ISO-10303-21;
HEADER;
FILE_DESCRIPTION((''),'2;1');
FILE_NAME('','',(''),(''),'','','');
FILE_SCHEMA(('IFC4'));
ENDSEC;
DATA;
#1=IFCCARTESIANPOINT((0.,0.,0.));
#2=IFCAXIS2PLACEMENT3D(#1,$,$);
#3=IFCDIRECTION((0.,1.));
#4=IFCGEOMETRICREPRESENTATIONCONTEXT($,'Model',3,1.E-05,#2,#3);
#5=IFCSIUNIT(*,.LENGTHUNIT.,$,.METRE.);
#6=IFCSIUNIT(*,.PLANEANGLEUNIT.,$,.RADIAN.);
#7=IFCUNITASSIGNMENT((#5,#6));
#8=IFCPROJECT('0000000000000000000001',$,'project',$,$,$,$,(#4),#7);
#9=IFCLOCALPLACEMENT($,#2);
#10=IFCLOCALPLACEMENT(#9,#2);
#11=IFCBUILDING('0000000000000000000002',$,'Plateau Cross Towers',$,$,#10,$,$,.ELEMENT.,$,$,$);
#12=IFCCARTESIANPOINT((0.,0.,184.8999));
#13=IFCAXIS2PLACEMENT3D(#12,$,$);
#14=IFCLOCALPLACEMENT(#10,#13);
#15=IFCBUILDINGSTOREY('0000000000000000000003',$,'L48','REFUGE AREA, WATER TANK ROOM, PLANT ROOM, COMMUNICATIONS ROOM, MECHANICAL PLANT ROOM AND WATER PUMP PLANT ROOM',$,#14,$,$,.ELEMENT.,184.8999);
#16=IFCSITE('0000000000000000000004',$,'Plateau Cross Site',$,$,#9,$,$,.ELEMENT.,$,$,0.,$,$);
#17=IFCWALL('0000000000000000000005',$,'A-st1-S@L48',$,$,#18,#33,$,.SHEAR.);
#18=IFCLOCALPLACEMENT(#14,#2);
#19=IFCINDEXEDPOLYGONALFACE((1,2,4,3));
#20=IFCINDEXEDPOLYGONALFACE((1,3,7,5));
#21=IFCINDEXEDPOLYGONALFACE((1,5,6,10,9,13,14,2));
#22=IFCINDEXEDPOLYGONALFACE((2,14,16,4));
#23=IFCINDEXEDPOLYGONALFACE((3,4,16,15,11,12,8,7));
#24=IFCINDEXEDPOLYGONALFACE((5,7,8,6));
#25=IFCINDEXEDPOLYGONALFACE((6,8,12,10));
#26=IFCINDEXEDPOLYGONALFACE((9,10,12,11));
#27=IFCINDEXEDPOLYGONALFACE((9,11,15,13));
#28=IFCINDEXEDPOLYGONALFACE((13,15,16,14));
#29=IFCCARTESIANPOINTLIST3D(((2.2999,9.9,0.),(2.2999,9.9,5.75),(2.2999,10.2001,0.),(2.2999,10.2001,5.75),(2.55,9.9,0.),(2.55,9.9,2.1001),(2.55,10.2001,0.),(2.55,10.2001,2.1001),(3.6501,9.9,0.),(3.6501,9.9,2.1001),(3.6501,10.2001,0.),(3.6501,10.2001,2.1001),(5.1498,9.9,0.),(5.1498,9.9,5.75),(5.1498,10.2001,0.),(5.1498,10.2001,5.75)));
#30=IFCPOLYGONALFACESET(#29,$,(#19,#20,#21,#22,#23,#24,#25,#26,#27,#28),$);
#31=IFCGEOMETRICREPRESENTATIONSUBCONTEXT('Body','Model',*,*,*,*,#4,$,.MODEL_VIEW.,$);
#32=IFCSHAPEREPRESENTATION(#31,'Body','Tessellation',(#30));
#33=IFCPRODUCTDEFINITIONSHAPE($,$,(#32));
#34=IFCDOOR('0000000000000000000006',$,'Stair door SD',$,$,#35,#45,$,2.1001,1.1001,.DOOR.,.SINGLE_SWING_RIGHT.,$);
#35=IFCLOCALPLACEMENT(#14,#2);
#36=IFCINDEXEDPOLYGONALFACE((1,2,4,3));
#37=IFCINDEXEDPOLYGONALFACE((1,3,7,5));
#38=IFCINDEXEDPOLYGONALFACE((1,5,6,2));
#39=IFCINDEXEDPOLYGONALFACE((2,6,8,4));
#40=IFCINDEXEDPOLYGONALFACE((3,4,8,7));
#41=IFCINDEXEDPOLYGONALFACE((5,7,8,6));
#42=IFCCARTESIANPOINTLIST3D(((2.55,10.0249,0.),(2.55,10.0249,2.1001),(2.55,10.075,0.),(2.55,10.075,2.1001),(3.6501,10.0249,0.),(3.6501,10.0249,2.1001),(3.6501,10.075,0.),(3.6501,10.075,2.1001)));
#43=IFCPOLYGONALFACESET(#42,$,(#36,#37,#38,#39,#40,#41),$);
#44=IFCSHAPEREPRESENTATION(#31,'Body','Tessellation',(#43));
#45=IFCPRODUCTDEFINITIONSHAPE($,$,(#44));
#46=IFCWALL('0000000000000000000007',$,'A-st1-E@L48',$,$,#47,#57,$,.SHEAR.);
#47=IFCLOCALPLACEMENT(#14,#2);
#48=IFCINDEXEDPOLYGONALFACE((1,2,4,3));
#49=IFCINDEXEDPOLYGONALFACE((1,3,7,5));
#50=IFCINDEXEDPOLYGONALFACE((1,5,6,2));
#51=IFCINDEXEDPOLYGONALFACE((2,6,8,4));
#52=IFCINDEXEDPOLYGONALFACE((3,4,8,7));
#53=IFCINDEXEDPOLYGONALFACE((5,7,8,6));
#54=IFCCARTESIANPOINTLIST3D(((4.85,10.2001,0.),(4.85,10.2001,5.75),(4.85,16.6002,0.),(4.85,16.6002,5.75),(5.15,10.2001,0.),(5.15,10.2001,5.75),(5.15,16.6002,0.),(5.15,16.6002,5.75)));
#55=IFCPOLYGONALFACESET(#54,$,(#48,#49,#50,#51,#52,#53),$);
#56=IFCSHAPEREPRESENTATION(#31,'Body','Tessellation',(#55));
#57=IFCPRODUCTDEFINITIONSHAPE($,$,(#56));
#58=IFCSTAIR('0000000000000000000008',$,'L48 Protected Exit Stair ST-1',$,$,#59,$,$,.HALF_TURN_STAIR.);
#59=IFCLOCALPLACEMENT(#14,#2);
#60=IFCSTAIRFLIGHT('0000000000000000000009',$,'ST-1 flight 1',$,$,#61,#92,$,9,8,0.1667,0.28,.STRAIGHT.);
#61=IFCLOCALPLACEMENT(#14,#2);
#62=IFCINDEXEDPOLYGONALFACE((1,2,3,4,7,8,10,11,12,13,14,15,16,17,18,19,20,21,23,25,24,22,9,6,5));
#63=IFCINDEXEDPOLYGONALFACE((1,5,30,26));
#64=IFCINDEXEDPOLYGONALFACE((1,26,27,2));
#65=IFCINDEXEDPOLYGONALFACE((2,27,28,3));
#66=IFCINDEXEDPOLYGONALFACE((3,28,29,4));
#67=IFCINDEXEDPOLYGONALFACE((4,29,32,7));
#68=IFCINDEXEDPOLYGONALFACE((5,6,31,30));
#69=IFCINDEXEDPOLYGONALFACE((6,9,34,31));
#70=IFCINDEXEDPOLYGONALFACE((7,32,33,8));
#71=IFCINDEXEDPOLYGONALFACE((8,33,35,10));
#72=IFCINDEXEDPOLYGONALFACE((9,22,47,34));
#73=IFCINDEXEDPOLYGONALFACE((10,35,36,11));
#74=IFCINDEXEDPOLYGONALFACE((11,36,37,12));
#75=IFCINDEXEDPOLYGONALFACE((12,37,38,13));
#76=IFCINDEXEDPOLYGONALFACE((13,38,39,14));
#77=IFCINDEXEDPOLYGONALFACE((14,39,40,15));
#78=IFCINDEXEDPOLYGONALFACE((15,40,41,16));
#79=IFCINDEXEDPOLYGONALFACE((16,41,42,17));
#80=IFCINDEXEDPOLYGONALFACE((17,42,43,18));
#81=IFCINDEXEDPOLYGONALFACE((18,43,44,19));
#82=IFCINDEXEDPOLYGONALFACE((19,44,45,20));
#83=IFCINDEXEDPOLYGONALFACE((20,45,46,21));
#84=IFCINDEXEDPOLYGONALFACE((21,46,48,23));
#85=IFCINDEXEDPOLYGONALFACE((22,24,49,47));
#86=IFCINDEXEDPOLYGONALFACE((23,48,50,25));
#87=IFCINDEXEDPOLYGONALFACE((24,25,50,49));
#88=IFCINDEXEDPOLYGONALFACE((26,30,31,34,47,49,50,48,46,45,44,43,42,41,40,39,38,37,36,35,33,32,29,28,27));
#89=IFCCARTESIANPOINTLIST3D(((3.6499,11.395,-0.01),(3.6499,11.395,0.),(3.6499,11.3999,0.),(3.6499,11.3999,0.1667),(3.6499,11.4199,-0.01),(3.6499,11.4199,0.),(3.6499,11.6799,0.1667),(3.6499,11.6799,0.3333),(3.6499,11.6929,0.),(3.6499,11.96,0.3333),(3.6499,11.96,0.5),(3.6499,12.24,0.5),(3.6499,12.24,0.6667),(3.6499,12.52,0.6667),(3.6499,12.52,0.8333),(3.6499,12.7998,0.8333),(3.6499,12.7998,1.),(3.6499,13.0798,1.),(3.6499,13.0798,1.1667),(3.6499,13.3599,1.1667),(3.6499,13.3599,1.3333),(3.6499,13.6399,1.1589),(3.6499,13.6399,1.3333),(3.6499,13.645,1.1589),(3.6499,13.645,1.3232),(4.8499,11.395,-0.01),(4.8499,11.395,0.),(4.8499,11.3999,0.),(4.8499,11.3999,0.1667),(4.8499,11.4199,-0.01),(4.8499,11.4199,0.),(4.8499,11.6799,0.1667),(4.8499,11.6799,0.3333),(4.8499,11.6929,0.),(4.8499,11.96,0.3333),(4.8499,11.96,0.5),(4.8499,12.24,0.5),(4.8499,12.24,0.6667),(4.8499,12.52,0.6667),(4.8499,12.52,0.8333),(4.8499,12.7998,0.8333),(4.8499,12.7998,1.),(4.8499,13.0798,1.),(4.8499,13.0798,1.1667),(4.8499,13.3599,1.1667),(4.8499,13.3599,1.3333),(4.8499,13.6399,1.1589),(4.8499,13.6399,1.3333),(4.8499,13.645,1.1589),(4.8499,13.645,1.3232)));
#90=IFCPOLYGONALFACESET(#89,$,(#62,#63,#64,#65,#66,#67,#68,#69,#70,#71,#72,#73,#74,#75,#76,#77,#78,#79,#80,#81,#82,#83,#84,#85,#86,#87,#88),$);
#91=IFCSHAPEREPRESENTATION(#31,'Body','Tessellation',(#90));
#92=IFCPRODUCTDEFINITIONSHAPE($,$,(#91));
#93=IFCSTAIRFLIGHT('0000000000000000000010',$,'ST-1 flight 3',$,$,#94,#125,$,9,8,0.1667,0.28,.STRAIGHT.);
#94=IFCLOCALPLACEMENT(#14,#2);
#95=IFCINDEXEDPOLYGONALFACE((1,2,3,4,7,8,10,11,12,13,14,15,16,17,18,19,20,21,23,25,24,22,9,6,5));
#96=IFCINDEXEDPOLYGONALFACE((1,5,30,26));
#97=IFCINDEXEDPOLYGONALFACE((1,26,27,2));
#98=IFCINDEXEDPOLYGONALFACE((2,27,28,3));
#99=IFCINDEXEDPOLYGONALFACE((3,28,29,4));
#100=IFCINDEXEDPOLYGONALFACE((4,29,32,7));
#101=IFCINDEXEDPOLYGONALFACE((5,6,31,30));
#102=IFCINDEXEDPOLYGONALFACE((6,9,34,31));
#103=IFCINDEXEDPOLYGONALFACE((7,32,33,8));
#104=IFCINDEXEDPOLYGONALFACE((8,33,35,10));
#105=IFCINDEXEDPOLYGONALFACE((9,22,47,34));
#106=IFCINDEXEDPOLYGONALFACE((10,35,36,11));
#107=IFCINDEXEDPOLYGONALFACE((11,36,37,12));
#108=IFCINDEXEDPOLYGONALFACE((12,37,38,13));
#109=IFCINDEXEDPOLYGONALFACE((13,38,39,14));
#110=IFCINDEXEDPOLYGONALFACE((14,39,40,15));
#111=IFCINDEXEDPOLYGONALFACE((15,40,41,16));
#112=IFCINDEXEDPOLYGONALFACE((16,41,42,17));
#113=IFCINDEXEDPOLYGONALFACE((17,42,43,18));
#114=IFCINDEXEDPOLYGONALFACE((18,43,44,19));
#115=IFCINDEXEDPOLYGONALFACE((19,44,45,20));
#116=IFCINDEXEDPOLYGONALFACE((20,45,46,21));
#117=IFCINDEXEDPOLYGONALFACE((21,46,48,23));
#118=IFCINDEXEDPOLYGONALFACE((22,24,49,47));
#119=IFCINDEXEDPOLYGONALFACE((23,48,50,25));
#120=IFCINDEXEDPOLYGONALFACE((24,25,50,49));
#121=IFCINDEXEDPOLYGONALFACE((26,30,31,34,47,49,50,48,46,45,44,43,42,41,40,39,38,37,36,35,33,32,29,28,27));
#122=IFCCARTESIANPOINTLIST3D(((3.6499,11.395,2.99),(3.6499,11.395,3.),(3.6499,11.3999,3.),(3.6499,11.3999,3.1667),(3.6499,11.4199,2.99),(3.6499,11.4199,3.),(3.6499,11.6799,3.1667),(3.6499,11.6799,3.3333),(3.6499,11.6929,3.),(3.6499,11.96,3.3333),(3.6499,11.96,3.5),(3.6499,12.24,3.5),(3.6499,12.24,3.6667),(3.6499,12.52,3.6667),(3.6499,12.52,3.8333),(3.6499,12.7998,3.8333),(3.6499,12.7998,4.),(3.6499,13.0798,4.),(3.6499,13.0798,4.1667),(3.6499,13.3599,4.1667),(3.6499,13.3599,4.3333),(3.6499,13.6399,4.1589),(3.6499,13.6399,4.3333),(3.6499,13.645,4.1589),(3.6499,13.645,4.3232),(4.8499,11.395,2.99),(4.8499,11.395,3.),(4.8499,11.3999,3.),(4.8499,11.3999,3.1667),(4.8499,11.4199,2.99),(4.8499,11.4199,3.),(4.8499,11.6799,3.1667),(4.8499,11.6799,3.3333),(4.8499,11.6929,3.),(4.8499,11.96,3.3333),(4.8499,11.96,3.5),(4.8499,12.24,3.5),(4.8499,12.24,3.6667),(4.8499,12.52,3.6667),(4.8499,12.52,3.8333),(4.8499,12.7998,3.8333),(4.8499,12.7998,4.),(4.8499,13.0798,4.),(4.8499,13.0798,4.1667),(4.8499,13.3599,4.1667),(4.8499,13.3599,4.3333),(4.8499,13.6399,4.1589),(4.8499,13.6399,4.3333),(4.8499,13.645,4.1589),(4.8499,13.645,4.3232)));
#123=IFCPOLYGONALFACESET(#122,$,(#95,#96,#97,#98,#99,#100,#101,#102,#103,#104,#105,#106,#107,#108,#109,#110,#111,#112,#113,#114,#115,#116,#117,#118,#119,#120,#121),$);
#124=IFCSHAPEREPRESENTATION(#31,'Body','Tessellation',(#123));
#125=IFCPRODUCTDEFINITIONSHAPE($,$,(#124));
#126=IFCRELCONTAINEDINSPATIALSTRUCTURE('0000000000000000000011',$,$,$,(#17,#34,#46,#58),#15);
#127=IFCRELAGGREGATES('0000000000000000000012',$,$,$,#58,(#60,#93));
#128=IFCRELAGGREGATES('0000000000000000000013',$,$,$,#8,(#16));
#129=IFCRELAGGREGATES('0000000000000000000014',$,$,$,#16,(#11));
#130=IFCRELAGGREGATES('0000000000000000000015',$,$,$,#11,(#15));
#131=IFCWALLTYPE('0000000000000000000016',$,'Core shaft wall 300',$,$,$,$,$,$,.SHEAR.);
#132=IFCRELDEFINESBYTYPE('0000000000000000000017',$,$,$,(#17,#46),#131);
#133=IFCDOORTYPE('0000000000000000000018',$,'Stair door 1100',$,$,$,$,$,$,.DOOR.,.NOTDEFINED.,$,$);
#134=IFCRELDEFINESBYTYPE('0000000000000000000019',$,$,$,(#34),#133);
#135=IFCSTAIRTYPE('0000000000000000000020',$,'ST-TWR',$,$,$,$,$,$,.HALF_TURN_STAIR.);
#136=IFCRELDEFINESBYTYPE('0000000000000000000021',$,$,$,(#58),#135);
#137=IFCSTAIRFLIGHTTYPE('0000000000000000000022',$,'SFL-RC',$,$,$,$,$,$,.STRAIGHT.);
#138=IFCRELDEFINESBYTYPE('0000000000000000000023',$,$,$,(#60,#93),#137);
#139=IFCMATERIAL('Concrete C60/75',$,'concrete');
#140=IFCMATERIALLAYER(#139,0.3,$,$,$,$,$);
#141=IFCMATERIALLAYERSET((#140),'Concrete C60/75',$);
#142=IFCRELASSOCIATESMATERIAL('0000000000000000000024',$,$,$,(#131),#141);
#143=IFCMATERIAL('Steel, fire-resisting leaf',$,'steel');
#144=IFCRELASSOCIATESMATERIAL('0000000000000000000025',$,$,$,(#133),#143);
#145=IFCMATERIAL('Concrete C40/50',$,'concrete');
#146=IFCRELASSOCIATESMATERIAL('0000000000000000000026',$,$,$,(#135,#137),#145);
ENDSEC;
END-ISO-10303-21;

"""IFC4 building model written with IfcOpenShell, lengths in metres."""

from ifc_helpers import new_model, si_unit, direction, frame, frame_2d, origin, place, context, subcontext, project, spatial, polyline, rectangle, outline, extrude, material, layer, layer_set, type_object, element, fill, aggregate, save


model = new_model("IFC4")

# Units and contexts
model_context = context("Model", 3, precision=1e-05, world=origin(), true_north=direction((0.0, 1.0)))
body_context = subcontext(model_context, "Body", "Model", "MODEL_VIEW")
ifc_project = project(units=[si_unit("LENGTHUNIT", "METRE"), si_unit("PLANEANGLEUNIT", "RADIAN")], contexts=[model_context])

# Site, building, storey
site_placement = place(None, origin())
site = spatial("IfcSite", under=ifc_project, at=site_placement, Name="Plateau Cross Site", CompositionType="ELEMENT", RefElevation=0.0)
building_placement = place(site_placement, origin())
building = spatial("IfcBuilding", under=site, at=building_placement, Name="Plateau Cross Towers", CompositionType="ELEMENT")
storey_placement = place(building_placement, frame((0.0, 0.0, 184.8999)))
storey = spatial("IfcBuildingStorey", under=building, at=storey_placement, Name="L48", Description="REFUGE AREA, WATER TANK ROOM, PLANT ROOM, COMMUNICATIONS ROOM, MECHANICAL PLANT ROOM AND WATER PUMP PLANT ROOM", CompositionType="ELEMENT", Elevation=184.8999)

# Shared definitions
ifc_material_1 = material(Name="Steel, fire-resisting leaf", Category="steel")

# Shared definitions
ifc_material_2 = material(Name="Concrete C60/75", Category="concrete")
ifc_layer_1 = layer(ifc_material_2, 0.3)
ifc_layer_set_1 = layer_set([ifc_layer_1], Name="Concrete C60/75")
wall_type_1 = type_object("IfcWallType", Name="Core shaft wall 300", PredefinedType="SHEAR", material=ifc_layer_set_1)
door_type_1 = type_object("IfcDoorType", Name="Stair door 1100", OperationType="NOTDEFINED", PredefinedType="DOOR", material=ifc_material_1)

# Wall, opening, door
wall_1_placement = place(storey_placement, frame((2.3, 10.05, 0.0), z_axis=(0.0, 0.0, 1.0), x_axis=(1.0, 0.0, 0.0)))
wall_1 = element("IfcWall", 1, at=wall_1_placement, inside=storey, type_object=wall_type_1, Name="A-st1-S@L48", PredefinedType="SHEAR", context=body_context, shape_type="SweptSolid", body=[
    extrude(rectangle(XDim=2.8499, YDim=0.3, at=frame_2d((1.4248, 0.0))), origin(), (0.0, 0.0, 1.0), 5.75),
])
opening_1_placement = place(wall_1_placement, frame((0.25, 0.0, 0.0)))
opening_1 = element("IfcOpeningElement", 2, at=opening_1_placement, cuts=wall_1, PredefinedType="OPENING", context=body_context, shape_type="SweptSolid", body=[
    extrude(rectangle(XDim=1.1001, YDim=2.1001, at=frame_2d((0.55, 1.05))), frame((0.0, 0.1599, 0.0), z_axis=(0.0, -1.0, 0.0), x_axis=(1.0, 0.0, 0.0)), (0.0, 0.0, 1.0), 0.3201),
])
door_1_placement = place(opening_1_placement, origin())
door_1 = element("IfcDoor", 3, at=door_1_placement, inside=storey, type_object=door_type_1, Name="Stair door SD", OperationType="SINGLE_SWING_RIGHT", OverallHeight=2.1001, OverallWidth=1.1001, PredefinedType="DOOR", context=body_context, shape_type="SweptSolid", body=[
    extrude(rectangle(XDim=1.1001, YDim=2.1001, at=frame_2d((0.55, 1.05))), frame((0.0, 0.0249, 0.0), z_axis=(0.0, -1.0, 0.0), x_axis=(1.0, 0.0, 0.0)), (0.0, 0.0, 1.0), 0.05),
])
fill(opening_1, door_1)

# Wall
wall_2_placement = place(storey_placement, frame((5.0, 10.2, 0.0), z_axis=(0.0, 0.0, 1.0), x_axis=(0.0, 1.0, 0.0)))
element("IfcWall", 4, at=wall_2_placement, inside=storey, type_object=wall_type_1, Name="A-st1-E@L48", PredefinedType="SHEAR", context=body_context, shape_type="SweptSolid", body=[
    extrude(rectangle(XDim=6.4001, YDim=0.3, at=frame_2d((3.2002, 0.0))), origin(), (0.0, 0.0, 1.0), 5.75),
])

# Stair, stair flights
ifc_material_3 = material(Name="Concrete C40/50", Category="concrete")
stair_type = type_object("IfcStairType", Name="ST-TWR", PredefinedType="HALF_TURN_STAIR", material=ifc_material_3)
stair_placement = place(storey_placement, origin())
stair = element("IfcStair", 5, at=stair_placement, inside=storey, type_object=stair_type, Name="L48 Protected Exit Stair ST-1", PredefinedType="HALF_TURN_STAIR")
stair_flight_type = type_object("IfcStairFlightType", Name="SFL-RC", PredefinedType="STRAIGHT", material=ifc_material_3)
stair_flight_1_placement = place(storey_placement, frame((4.25, 11.3999, 0.0), z_axis=(0.0, 0.0, 1.0), x_axis=(0.0, 1.0, 0.0)))
stair_flight_1 = element("IfcStairFlight", 6, at=stair_flight_1_placement, type_object=stair_flight_type, Name="ST-1 flight 1", NumberOfRisers=9, NumberOfTreads=8, PredefinedType="STRAIGHT", RiserHeight=0.1667, TreadLength=0.28, context=body_context, shape_type="SweptSolid", body=[
    extrude(outline(polyline([(-0.0049, -0.01), (-0.0049, 0.0), (0.0, 0.0), (0.0, 0.1667), (0.28, 0.1667), (0.28, 0.3333), (0.5601, 0.3333), (0.5601, 0.5), (0.8401, 0.5), (0.8401, 0.6667), (1.1201, 0.6667), (1.1201, 0.8333), (1.3999, 0.8333), (1.3999, 1.0), (1.6799, 1.0), (1.6799, 1.1667), (1.96, 1.1667), (1.96, 1.3333), (2.24, 1.3333), (2.2451, 1.3232), (2.2451, 1.1589), (2.24, 1.1589), (0.293, 0.0), (0.02, 0.0), (0.02, -0.01), (-0.0049, -0.01)])), frame((0.0, 0.6001, 0.0), z_axis=(0.0, -1.0, 0.0), x_axis=(1.0, 0.0, 0.0)), (0.0, 0.0, 1.0), 1.2),
])
stair_flight_2_placement = place(storey_placement, frame((4.25, 11.3999, 3.0), z_axis=(0.0, 0.0, 1.0), x_axis=(0.0, 1.0, 0.0)))
stair_flight_2 = element("IfcStairFlight", 7, at=stair_flight_2_placement, type_object=stair_flight_type, Name="ST-1 flight 3", NumberOfRisers=9, NumberOfTreads=8, PredefinedType="STRAIGHT", RiserHeight=0.1667, TreadLength=0.28, context=body_context, shape_type="SweptSolid", body=[
    extrude(outline(polyline([(-0.0049, -0.01), (-0.0049, 0.0), (0.0, 0.0), (0.0, 0.1667), (0.28, 0.1667), (0.28, 0.3333), (0.5601, 0.3333), (0.5601, 0.5), (0.8401, 0.5), (0.8401, 0.6667), (1.1201, 0.6667), (1.1201, 0.8333), (1.3999, 0.8333), (1.3999, 1.0), (1.6799, 1.0), (1.6799, 1.1667), (1.96, 1.1667), (1.96, 1.3333), (2.24, 1.3333), (2.2451, 1.3232), (2.2451, 1.1589), (2.24, 1.1589), (0.293, 0.0), (0.02, 0.0), (0.02, -0.01), (-0.0049, -0.01)])), frame((0.0, 0.6001, 0.0), z_axis=(0.0, -1.0, 0.0), x_axis=(1.0, 0.0, 0.0)), (0.0, 0.0, 1.0), 1.2),
])
aggregate(stair, [stair_flight_1, stair_flight_2])

save(model, "model.ifc")
